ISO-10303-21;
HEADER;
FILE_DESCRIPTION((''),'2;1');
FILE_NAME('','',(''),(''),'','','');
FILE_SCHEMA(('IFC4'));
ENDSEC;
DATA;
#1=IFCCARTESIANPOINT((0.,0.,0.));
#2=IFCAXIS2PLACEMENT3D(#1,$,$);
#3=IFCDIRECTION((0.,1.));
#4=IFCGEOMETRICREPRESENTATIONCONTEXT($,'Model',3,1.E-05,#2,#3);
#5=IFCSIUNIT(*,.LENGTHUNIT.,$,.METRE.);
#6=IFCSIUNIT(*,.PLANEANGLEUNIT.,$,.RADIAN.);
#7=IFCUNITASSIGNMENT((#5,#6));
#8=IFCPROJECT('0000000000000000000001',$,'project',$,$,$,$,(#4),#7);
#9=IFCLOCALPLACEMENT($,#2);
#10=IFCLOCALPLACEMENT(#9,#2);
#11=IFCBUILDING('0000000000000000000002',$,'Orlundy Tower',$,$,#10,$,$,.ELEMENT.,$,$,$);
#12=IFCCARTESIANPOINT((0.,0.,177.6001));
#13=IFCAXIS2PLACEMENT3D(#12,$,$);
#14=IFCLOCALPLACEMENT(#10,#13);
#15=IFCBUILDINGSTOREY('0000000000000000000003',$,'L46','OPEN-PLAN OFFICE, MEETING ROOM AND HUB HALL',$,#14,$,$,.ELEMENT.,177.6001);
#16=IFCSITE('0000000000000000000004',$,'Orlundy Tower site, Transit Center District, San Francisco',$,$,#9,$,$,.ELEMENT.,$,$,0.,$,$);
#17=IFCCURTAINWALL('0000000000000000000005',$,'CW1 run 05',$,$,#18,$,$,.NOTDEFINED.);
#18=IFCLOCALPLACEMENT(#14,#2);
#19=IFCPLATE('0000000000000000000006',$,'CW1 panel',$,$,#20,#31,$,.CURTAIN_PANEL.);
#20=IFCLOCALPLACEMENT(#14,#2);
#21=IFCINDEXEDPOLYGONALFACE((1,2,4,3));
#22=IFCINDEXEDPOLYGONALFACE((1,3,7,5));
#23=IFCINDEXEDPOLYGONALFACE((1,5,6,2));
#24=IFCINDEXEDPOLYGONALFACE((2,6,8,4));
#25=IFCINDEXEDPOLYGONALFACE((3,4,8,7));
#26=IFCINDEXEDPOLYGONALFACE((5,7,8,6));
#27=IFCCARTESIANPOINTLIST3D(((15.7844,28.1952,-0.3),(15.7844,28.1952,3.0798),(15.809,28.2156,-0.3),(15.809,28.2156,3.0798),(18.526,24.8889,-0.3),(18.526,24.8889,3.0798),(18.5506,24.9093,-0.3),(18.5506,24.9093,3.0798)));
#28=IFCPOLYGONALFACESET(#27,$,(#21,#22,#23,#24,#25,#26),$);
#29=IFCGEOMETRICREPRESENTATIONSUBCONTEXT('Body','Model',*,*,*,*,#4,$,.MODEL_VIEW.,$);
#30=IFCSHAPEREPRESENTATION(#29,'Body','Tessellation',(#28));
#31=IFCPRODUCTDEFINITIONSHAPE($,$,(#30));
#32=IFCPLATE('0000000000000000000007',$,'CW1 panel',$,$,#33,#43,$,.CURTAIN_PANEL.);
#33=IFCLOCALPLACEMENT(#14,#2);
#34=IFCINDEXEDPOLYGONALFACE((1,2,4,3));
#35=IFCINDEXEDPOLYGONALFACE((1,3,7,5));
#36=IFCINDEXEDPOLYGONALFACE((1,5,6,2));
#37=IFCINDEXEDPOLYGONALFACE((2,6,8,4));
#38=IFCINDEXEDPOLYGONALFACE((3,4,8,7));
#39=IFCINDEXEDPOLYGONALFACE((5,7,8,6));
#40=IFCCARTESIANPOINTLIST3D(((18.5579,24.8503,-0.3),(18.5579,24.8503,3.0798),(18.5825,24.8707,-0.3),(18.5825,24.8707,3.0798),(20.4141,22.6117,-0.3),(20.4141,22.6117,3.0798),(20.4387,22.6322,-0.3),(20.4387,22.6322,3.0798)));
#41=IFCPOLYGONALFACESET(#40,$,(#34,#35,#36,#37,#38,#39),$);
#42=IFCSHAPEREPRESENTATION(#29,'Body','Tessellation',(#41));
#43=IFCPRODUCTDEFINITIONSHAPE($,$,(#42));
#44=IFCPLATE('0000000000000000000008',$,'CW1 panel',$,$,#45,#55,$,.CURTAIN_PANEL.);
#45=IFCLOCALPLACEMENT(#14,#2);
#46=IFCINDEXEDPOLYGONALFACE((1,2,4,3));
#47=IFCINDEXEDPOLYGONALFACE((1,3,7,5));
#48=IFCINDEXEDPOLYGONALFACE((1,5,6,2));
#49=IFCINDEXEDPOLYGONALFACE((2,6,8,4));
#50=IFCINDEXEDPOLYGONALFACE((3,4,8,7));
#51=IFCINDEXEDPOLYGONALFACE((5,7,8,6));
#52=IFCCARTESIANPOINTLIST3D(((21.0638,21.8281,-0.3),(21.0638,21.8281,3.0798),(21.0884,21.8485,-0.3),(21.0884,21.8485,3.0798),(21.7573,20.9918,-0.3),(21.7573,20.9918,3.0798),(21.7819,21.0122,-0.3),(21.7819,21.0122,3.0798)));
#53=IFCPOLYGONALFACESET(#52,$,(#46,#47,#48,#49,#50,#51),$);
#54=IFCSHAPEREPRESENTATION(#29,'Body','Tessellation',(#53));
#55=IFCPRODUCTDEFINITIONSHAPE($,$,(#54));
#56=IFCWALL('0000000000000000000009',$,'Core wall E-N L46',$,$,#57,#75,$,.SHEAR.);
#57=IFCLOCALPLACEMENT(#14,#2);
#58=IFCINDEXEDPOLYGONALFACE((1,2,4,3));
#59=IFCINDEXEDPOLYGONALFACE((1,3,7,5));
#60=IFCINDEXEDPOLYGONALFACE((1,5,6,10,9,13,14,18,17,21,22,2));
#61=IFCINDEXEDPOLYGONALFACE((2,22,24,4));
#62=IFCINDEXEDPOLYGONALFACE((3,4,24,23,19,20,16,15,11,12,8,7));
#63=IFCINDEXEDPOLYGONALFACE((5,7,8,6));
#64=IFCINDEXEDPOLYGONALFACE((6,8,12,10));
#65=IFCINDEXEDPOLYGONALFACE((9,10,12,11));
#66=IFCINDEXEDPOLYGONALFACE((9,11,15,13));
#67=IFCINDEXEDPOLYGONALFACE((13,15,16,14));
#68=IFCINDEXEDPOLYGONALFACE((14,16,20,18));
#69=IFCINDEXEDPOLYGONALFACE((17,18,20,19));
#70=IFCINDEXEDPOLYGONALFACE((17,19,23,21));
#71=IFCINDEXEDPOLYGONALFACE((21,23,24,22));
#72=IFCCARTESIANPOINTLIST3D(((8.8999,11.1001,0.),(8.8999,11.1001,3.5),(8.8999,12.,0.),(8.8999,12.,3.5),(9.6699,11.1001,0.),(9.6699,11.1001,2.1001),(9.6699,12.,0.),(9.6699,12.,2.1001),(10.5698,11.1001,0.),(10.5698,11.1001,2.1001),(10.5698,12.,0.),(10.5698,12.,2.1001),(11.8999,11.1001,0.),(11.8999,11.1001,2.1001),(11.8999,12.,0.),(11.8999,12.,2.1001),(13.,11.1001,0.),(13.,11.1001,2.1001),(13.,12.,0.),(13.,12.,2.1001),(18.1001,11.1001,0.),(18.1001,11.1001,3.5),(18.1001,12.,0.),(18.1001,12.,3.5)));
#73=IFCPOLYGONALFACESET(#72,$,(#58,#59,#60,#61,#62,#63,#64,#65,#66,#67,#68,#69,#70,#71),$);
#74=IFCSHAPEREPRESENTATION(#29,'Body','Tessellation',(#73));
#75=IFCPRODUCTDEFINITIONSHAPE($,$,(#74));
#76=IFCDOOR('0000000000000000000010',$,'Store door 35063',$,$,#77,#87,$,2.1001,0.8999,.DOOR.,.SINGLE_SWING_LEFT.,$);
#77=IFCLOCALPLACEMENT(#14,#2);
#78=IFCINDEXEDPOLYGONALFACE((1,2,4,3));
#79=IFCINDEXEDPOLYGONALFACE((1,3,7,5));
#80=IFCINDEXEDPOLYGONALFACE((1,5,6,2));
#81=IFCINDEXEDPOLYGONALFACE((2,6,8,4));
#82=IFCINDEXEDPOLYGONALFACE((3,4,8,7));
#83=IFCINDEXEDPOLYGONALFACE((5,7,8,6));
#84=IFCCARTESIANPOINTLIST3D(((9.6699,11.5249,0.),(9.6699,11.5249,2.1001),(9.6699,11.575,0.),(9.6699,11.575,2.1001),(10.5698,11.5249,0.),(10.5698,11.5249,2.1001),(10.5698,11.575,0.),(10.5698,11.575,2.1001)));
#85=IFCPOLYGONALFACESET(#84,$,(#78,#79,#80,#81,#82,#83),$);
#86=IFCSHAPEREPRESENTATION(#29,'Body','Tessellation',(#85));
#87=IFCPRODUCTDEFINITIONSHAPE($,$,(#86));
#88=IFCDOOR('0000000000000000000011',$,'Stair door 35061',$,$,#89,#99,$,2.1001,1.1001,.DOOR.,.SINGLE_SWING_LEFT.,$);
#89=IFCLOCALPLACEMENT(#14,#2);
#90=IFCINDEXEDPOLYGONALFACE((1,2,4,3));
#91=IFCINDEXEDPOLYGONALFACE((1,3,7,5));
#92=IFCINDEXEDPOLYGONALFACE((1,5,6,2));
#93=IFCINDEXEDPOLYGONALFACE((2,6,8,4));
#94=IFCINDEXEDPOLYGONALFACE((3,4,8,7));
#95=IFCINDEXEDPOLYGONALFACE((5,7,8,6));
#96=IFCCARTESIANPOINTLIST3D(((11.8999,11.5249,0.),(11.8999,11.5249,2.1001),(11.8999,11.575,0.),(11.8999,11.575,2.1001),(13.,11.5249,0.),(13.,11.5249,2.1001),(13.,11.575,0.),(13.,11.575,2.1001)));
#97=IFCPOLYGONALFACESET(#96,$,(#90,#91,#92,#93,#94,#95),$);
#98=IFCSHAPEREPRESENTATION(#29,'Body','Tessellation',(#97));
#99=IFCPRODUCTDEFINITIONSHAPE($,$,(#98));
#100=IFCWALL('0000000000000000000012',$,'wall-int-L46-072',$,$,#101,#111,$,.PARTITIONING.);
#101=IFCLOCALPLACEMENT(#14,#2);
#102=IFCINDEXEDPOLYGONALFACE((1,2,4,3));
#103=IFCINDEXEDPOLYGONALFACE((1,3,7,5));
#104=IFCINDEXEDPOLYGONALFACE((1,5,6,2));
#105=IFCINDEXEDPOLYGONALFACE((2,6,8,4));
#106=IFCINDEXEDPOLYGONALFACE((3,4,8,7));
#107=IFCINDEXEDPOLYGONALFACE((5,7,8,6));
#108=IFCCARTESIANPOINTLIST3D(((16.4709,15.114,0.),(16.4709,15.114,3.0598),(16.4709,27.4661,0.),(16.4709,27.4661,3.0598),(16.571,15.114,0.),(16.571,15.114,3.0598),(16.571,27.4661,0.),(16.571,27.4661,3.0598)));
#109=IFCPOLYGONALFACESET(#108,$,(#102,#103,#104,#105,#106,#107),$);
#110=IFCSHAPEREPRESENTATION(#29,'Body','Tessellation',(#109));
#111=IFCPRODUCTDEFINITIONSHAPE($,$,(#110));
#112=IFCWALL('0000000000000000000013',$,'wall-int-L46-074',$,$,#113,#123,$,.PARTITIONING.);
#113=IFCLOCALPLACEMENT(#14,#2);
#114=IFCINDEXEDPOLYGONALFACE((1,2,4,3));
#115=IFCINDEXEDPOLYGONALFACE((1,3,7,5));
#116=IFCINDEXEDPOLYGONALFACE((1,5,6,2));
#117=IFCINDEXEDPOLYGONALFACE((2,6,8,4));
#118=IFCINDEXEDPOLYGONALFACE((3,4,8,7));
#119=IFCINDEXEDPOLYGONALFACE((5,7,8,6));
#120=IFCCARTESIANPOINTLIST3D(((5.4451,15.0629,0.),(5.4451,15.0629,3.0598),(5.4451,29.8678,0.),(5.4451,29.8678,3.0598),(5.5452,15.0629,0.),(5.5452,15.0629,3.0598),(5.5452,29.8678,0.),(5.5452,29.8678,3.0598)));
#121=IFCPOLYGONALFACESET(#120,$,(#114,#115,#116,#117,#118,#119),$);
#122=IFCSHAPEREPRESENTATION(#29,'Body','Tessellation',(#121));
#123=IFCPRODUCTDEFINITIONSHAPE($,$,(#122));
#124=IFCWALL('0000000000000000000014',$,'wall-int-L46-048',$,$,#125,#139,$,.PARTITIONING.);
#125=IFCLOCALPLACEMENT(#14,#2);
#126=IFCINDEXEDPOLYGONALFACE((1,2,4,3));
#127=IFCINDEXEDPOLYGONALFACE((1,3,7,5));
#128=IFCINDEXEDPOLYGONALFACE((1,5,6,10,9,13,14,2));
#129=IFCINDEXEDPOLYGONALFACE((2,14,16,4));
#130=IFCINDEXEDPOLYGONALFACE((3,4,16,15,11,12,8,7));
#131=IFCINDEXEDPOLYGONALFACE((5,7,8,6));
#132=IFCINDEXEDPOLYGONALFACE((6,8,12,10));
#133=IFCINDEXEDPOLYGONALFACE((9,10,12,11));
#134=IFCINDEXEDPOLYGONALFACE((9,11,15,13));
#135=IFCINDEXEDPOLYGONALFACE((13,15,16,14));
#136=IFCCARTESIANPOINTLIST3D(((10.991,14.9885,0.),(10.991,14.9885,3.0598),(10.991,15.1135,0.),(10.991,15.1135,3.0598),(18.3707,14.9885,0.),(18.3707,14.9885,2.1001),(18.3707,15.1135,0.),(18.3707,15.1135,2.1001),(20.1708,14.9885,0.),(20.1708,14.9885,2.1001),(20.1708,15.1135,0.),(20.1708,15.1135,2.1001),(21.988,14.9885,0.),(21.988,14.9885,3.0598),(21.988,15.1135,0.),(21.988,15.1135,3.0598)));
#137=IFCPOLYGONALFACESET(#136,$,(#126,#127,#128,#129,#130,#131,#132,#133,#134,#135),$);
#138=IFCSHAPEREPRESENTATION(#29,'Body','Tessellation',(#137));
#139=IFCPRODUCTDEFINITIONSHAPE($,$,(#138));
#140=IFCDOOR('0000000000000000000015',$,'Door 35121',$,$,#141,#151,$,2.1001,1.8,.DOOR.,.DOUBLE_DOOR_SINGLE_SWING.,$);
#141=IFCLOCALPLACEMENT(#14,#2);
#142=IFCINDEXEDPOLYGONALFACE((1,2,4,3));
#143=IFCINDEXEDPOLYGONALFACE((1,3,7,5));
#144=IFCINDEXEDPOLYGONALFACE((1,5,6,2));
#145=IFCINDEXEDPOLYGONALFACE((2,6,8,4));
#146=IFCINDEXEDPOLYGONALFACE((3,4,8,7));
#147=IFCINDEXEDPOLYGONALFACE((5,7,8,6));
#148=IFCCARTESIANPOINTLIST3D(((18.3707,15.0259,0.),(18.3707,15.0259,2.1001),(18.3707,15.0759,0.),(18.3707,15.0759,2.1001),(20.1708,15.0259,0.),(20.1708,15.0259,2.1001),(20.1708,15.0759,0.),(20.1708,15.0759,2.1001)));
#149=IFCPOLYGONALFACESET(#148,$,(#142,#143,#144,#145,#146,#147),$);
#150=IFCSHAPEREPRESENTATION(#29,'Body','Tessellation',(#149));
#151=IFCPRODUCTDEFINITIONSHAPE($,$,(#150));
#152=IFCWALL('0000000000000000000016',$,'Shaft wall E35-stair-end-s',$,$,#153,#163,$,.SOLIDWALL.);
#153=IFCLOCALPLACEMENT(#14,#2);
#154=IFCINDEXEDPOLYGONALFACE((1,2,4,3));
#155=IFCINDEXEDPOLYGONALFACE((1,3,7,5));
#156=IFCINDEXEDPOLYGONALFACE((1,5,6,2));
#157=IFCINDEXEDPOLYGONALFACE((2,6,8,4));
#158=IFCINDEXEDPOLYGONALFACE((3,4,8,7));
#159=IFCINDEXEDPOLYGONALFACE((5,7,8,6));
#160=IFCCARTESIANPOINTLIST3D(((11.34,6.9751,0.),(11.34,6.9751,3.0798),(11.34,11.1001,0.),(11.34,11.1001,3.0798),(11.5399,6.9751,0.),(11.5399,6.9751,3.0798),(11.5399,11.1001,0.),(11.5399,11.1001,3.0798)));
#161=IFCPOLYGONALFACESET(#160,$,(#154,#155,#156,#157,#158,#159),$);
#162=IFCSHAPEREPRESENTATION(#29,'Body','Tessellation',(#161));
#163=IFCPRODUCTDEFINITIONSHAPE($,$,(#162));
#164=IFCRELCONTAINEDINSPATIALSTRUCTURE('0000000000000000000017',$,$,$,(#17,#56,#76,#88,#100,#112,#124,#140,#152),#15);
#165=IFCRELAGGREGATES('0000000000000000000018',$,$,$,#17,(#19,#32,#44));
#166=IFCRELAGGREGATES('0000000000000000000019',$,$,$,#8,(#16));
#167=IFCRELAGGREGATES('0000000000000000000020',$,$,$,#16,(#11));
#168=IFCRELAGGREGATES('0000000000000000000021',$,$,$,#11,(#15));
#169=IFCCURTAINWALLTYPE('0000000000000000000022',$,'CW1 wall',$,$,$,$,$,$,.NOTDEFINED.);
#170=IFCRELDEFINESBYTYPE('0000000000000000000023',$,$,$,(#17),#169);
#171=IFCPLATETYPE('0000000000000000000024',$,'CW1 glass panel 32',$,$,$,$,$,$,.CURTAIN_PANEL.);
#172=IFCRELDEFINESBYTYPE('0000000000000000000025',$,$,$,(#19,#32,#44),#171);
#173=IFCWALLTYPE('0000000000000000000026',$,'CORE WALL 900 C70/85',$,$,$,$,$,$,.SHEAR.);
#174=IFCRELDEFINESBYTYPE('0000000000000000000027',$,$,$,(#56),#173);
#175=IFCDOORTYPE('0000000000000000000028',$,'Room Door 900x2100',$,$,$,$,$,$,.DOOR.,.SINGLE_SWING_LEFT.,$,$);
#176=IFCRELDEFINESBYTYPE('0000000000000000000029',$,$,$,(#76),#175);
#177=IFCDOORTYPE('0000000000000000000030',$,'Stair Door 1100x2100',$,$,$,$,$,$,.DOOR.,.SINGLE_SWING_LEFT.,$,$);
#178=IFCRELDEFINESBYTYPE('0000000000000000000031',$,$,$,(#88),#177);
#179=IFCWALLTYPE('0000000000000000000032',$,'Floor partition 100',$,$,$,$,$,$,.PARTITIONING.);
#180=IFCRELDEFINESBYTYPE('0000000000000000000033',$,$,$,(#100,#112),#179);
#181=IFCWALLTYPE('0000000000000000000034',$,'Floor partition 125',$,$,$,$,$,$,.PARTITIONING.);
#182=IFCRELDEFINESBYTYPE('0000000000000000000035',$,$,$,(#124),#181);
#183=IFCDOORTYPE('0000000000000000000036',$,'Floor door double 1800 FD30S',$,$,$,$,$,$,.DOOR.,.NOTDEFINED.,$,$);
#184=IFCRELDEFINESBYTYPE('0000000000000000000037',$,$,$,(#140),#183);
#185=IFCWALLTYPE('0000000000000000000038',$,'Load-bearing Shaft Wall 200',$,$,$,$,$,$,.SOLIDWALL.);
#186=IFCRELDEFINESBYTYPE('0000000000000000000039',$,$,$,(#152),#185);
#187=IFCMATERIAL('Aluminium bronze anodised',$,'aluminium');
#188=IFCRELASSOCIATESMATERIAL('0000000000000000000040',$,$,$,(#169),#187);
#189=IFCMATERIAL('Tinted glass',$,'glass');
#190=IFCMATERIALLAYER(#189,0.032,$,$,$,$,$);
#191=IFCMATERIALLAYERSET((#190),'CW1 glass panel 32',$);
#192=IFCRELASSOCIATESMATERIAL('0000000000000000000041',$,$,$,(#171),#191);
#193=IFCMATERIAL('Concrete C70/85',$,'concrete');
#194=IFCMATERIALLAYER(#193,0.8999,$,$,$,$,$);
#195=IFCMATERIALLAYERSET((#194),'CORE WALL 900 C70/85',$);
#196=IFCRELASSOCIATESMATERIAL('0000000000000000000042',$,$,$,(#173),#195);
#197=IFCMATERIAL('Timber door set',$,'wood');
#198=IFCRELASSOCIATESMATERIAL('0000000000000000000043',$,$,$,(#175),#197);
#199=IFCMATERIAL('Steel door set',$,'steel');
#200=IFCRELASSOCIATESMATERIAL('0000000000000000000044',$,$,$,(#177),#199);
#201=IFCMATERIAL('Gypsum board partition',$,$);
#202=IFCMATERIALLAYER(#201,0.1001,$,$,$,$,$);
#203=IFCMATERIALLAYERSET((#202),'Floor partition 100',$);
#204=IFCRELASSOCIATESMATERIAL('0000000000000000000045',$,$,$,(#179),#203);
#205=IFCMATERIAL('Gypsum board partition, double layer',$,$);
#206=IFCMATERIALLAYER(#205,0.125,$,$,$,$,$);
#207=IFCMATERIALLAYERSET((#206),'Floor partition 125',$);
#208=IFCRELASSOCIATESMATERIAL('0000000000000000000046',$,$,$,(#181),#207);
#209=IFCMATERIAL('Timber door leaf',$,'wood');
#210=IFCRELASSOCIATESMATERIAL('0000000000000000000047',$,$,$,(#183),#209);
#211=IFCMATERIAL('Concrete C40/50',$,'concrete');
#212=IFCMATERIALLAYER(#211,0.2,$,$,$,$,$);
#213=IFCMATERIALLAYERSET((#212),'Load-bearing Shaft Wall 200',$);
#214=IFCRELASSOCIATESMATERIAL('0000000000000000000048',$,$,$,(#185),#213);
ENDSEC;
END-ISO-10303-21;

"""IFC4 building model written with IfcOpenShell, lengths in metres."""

from ifc_helpers import new_model, si_unit, direction, frame, frame_2d, origin, origin_2d, place, context, subcontext, project, spatial, rectangle, extrude, material, layer, layer_set, type_object, element, fill, aggregate, save


model = new_model("IFC4")

# Units and contexts
model_context = context("Model", 3, precision=1e-05, world=origin(), true_north=direction((0.0, 1.0)))
body_context = subcontext(model_context, "Body", "Model", "MODEL_VIEW")
ifc_project = project(units=[si_unit("LENGTHUNIT", "METRE"), si_unit("PLANEANGLEUNIT", "RADIAN")], contexts=[model_context])

# Site, building, storey
site_placement = place(None, origin())
site = spatial("IfcSite", under=ifc_project, at=site_placement, Name="Orlundy Tower site, Transit Center District, San Francisco", CompositionType="ELEMENT", RefElevation=0.0)
building_placement = place(site_placement, origin())
building = spatial("IfcBuilding", under=site, at=building_placement, Name="Orlundy Tower", CompositionType="ELEMENT")
storey_placement = place(building_placement, frame((0.0, 0.0, 177.6001)))
storey = spatial("IfcBuildingStorey", under=building, at=storey_placement, Name="L46", Description="OPEN-PLAN OFFICE, MEETING ROOM AND HUB HALL", CompositionType="ELEMENT", Elevation=177.6001)

# Curtain wall
ifc_material_1 = material(Name="Aluminium bronze anodised", Category="aluminium")
curtain_wall_type = type_object("IfcCurtainWallType", Name="CW1 wall", PredefinedType="NOTDEFINED", material=ifc_material_1)
curtain_wall_1_placement = place(storey_placement, origin())
curtain_wall_1 = element("IfcCurtainWall", 1, at=curtain_wall_1_placement, inside=storey, type_object=curtain_wall_type, Name="CW1 run 05", PredefinedType="NOTDEFINED")

# Plates
ifc_material_2 = material(Name="Tinted glass", Category="glass")
ifc_layer_1 = layer(ifc_material_2, 0.032)
ifc_layer_set_1 = layer_set([ifc_layer_1], Name="CW1 glass panel 32")
plate_type = type_object("IfcPlateType", Name="CW1 glass panel 32", PredefinedType="CURTAIN_PANEL", material=ifc_layer_set_1)
plate_1_placement = place(storey_placement, frame((17.1675, 26.5522, -0.3), z_axis=(0.0, 0.0, 1.0), x_axis=(0.638299, -0.769788, 0.0)))
plate_1 = element("IfcPlate", 2, at=plate_1_placement, type_object=plate_type, Name="CW1 panel", PredefinedType="CURTAIN_PANEL", context=body_context, shape_type="SweptSolid", body=[
    extrude(rectangle(XDim=4.2952, YDim=0.032, at=origin_2d()), origin(), (0.0, 0.0, 1.0), 3.3799),
])
plate_2_placement = place(storey_placement, frame((19.4983, 23.7412, -0.3), z_axis=(0.0, 0.0, 1.0), x_axis=(0.638299, -0.769788, 0.0)))
plate_2 = element("IfcPlate", 3, at=plate_2_placement, type_object=plate_type, Name="CW1 panel", PredefinedType="CURTAIN_PANEL", context=body_context, shape_type="SweptSolid", body=[
    extrude(rectangle(XDim=2.908, YDim=0.032, at=origin_2d()), origin(), (0.0, 0.0, 1.0), 3.3799),
])
plate_3_placement = place(storey_placement, frame((21.4229, 21.4202, -0.3), z_axis=(0.0, 0.0, 1.0), x_axis=(0.638299, -0.769788, 0.0)))
plate_3 = element("IfcPlate", 4, at=plate_3_placement, type_object=plate_type, Name="CW1 panel", PredefinedType="CURTAIN_PANEL", context=body_context, shape_type="SweptSolid", body=[
    extrude(rectangle(XDim=1.0864, YDim=0.032, at=origin_2d()), origin(), (0.0, 0.0, 1.0), 3.3799),
])
aggregate(curtain_wall_1, [plate_1, plate_2, plate_3])

# Wall, openings, doors
ifc_material_3 = material(Name="Concrete C70/85", Category="concrete")
ifc_layer_2 = layer(ifc_material_3, 0.8999)
ifc_layer_set_2 = layer_set([ifc_layer_2], Name="CORE WALL 900 C70/85")
wall_type_1 = type_object("IfcWallType", Name="CORE WALL 900 C70/85", PredefinedType="SHEAR", material=ifc_layer_set_2)
wall_1_placement = place(storey_placement, frame((8.8999, 11.55, 0.0), z_axis=(0.0, 0.0, 1.0), x_axis=(1.0, 0.0, 0.0)))
wall_1 = element("IfcWall", 5, at=wall_1_placement, inside=storey, type_object=wall_type_1, Name="Core wall E-N L46", PredefinedType="SHEAR", context=body_context, shape_type="SweptSolid", body=[
    extrude(rectangle(XDim=9.2002, YDim=0.8999, at=frame_2d((4.6001, 0.0))), origin(), (0.0, 0.0, 1.0), 3.5),
])
opening_1_placement = place(wall_1_placement, frame((3.0, 0.0, 0.0)))
opening_1 = element("IfcOpeningElement", 6, at=opening_1_placement, cuts=wall_1, PredefinedType="OPENING", context=body_context, shape_type="SweptSolid", body=[
    extrude(rectangle(XDim=1.1001, YDim=2.1001, at=frame_2d((0.55, 1.05))), frame((0.0, 0.46, 0.0), z_axis=(0.0, -1.0, 0.0), x_axis=(1.0, 0.0, 0.0)), (0.0, 0.0, 1.0), 0.9199),
])
opening_2_placement = place(wall_1_placement, frame((0.77, 0.0, 0.0)))
opening_2 = element("IfcOpeningElement", 7, at=opening_2_placement, cuts=wall_1, PredefinedType="OPENING", context=body_context, shape_type="SweptSolid", body=[
    extrude(rectangle(XDim=0.8999, YDim=2.1001, at=frame_2d((0.45, 1.05))), frame((0.0, 0.46, 0.0), z_axis=(0.0, -1.0, 0.0), x_axis=(1.0, 0.0, 0.0)), (0.0, 0.0, 1.0), 0.9199),
])
ifc_material_4 = material(Name="Timber door set", Category="wood")
door_type_1 = type_object("IfcDoorType", Name="Room Door 900x2100", OperationType="SINGLE_SWING_LEFT", PredefinedType="DOOR", material=ifc_material_4)
door_1_placement = place(opening_2_placement, origin())
door_1 = element("IfcDoor", 8, at=door_1_placement, inside=storey, type_object=door_type_1, Name="Store door 35063", OperationType="SINGLE_SWING_LEFT", OverallHeight=2.1001, OverallWidth=0.8999, PredefinedType="DOOR", context=body_context, shape_type="SweptSolid", body=[
    extrude(rectangle(XDim=0.8999, YDim=2.1001, at=frame_2d((0.45, 1.05))), frame((0.0, 0.0249, 0.0), z_axis=(0.0, -1.0, 0.0), x_axis=(1.0, 0.0, 0.0)), (0.0, 0.0, 1.0), 0.05),
])
fill(opening_2, door_1)
ifc_material_5 = material(Name="Steel door set", Category="steel")
door_type_2 = type_object("IfcDoorType", Name="Stair Door 1100x2100", OperationType="SINGLE_SWING_LEFT", PredefinedType="DOOR", material=ifc_material_5)
door_2_placement = place(opening_1_placement, origin())
door_2 = element("IfcDoor", 9, at=door_2_placement, inside=storey, type_object=door_type_2, Name="Stair door 35061", OperationType="SINGLE_SWING_LEFT", OverallHeight=2.1001, OverallWidth=1.1001, PredefinedType="DOOR", context=body_context, shape_type="SweptSolid", body=[
    extrude(rectangle(XDim=1.1001, YDim=2.1001, at=frame_2d((0.55, 1.05))), frame((0.0, 0.0249, 0.0), z_axis=(0.0, -1.0, 0.0), x_axis=(1.0, 0.0, 0.0)), (0.0, 0.0, 1.0), 0.05),
])
fill(opening_1, door_2)

# Walls
ifc_material_6 = material(Name="Gypsum board partition")
ifc_layer_3 = layer(ifc_material_6, 0.1001)
ifc_layer_set_3 = layer_set([ifc_layer_3], Name="Floor partition 100")
wall_type_2 = type_object("IfcWallType", Name="Floor partition 100", PredefinedType="PARTITIONING", material=ifc_layer_set_3)
wall_2_placement = place(storey_placement, frame((16.521, 15.114, 0.0), z_axis=(0.0, 0.0, 1.0), x_axis=(0.0, 1.0, 0.0)))
element("IfcWall", 10, at=wall_2_placement, inside=storey, type_object=wall_type_2, Name="wall-int-L46-072", PredefinedType="PARTITIONING", context=body_context, shape_type="SweptSolid", body=[
    extrude(rectangle(XDim=12.3521, YDim=0.1001, at=frame_2d((6.176, 0.0))), origin(), (0.0, 0.0, 1.0), 3.0598),
])
wall_3_placement = place(storey_placement, frame((5.4951, 15.063, 0.0), z_axis=(0.0, 0.0, 1.0), x_axis=(0.0, 1.0, 0.0)))
element("IfcWall", 11, at=wall_3_placement, inside=storey, type_object=wall_type_2, Name="wall-int-L46-074", PredefinedType="PARTITIONING", context=body_context, shape_type="SweptSolid", body=[
    extrude(rectangle(XDim=14.8049, YDim=0.1001, at=frame_2d((7.4023, 0.0))), origin(), (0.0, 0.0, 1.0), 3.0598),
])

# Wall, opening, door
ifc_material_7 = material(Name="Gypsum board partition, double layer")
ifc_layer_4 = layer(ifc_material_7, 0.125)
ifc_layer_set_4 = layer_set([ifc_layer_4], Name="Floor partition 125")
wall_type_3 = type_object("IfcWallType", Name="Floor partition 125", PredefinedType="PARTITIONING", material=ifc_layer_set_4)
wall_4_placement = place(storey_placement, frame((10.991, 15.051, 0.0), z_axis=(0.0, 0.0, 1.0), x_axis=(1.0, 0.0, 0.0)))
wall_4 = element("IfcWall", 12, at=wall_4_placement, inside=storey, type_object=wall_type_3, Name="wall-int-L46-048", PredefinedType="PARTITIONING", context=body_context, shape_type="SweptSolid", body=[
    extrude(rectangle(XDim=10.9971, YDim=0.125, at=frame_2d((5.4985, 0.0))), origin(), (0.0, 0.0, 1.0), 3.0598),
])
opening_3_placement = place(wall_4_placement, frame((7.3799, 0.0, 0.0)))
opening_3 = element("IfcOpeningElement", 13, at=opening_3_placement, cuts=wall_4, PredefinedType="OPENING", context=body_context, shape_type="SweptSolid", body=[
    extrude(rectangle(XDim=1.8, YDim=2.1001, at=frame_2d((0.8999, 1.05))), frame((0.0, 0.0725, 0.0), z_axis=(0.0, -1.0, 0.0), x_axis=(1.0, 0.0, 0.0)), (0.0, 0.0, 1.0), 0.145),
])
ifc_material_8 = material(Name="Timber door leaf", Category="wood")
door_type_3 = type_object("IfcDoorType", Name="Floor door double 1800 FD30S", OperationType="NOTDEFINED", PredefinedType="DOOR", material=ifc_material_8)
door_3_placement = place(opening_3_placement, origin())
door_3 = element("IfcDoor", 14, at=door_3_placement, inside=storey, type_object=door_type_3, Name="Door 35121", OperationType="DOUBLE_DOOR_SINGLE_SWING", OverallHeight=2.1001, OverallWidth=1.8, PredefinedType="DOOR", context=body_context, shape_type="SweptSolid", body=[
    extrude(rectangle(XDim=1.8, YDim=2.1001, at=frame_2d((0.8999, 1.05))), frame((0.0, 0.0249, 0.0), z_axis=(0.0, -1.0, 0.0), x_axis=(1.0, 0.0, 0.0)), (0.0, 0.0, 1.0), 0.05),
])
fill(opening_3, door_3)

# Wall
ifc_material_9 = material(Name="Concrete C40/50", Category="concrete")
ifc_layer_5 = layer(ifc_material_9, 0.2)
ifc_layer_set_5 = layer_set([ifc_layer_5], Name="Load-bearing Shaft Wall 200")
wall_type_4 = type_object("IfcWallType", Name="Load-bearing Shaft Wall 200", PredefinedType="SOLIDWALL", material=ifc_layer_set_5)
wall_5_placement = place(storey_placement, frame((11.4399, 11.1001, 0.0), z_axis=(0.0, 0.0, 1.0), x_axis=(0.0, -1.0, 0.0)))
element("IfcWall", 15, at=wall_5_placement, inside=storey, type_object=wall_type_4, Name="Shaft wall E35-stair-end-s", PredefinedType="SOLIDWALL", context=body_context, shape_type="SweptSolid", body=[
    extrude(rectangle(XDim=4.125, YDim=0.2, at=frame_2d((2.0625, 0.0))), origin(), (0.0, 0.0, 1.0), 3.0798),
])

save(model, "model.ifc")
